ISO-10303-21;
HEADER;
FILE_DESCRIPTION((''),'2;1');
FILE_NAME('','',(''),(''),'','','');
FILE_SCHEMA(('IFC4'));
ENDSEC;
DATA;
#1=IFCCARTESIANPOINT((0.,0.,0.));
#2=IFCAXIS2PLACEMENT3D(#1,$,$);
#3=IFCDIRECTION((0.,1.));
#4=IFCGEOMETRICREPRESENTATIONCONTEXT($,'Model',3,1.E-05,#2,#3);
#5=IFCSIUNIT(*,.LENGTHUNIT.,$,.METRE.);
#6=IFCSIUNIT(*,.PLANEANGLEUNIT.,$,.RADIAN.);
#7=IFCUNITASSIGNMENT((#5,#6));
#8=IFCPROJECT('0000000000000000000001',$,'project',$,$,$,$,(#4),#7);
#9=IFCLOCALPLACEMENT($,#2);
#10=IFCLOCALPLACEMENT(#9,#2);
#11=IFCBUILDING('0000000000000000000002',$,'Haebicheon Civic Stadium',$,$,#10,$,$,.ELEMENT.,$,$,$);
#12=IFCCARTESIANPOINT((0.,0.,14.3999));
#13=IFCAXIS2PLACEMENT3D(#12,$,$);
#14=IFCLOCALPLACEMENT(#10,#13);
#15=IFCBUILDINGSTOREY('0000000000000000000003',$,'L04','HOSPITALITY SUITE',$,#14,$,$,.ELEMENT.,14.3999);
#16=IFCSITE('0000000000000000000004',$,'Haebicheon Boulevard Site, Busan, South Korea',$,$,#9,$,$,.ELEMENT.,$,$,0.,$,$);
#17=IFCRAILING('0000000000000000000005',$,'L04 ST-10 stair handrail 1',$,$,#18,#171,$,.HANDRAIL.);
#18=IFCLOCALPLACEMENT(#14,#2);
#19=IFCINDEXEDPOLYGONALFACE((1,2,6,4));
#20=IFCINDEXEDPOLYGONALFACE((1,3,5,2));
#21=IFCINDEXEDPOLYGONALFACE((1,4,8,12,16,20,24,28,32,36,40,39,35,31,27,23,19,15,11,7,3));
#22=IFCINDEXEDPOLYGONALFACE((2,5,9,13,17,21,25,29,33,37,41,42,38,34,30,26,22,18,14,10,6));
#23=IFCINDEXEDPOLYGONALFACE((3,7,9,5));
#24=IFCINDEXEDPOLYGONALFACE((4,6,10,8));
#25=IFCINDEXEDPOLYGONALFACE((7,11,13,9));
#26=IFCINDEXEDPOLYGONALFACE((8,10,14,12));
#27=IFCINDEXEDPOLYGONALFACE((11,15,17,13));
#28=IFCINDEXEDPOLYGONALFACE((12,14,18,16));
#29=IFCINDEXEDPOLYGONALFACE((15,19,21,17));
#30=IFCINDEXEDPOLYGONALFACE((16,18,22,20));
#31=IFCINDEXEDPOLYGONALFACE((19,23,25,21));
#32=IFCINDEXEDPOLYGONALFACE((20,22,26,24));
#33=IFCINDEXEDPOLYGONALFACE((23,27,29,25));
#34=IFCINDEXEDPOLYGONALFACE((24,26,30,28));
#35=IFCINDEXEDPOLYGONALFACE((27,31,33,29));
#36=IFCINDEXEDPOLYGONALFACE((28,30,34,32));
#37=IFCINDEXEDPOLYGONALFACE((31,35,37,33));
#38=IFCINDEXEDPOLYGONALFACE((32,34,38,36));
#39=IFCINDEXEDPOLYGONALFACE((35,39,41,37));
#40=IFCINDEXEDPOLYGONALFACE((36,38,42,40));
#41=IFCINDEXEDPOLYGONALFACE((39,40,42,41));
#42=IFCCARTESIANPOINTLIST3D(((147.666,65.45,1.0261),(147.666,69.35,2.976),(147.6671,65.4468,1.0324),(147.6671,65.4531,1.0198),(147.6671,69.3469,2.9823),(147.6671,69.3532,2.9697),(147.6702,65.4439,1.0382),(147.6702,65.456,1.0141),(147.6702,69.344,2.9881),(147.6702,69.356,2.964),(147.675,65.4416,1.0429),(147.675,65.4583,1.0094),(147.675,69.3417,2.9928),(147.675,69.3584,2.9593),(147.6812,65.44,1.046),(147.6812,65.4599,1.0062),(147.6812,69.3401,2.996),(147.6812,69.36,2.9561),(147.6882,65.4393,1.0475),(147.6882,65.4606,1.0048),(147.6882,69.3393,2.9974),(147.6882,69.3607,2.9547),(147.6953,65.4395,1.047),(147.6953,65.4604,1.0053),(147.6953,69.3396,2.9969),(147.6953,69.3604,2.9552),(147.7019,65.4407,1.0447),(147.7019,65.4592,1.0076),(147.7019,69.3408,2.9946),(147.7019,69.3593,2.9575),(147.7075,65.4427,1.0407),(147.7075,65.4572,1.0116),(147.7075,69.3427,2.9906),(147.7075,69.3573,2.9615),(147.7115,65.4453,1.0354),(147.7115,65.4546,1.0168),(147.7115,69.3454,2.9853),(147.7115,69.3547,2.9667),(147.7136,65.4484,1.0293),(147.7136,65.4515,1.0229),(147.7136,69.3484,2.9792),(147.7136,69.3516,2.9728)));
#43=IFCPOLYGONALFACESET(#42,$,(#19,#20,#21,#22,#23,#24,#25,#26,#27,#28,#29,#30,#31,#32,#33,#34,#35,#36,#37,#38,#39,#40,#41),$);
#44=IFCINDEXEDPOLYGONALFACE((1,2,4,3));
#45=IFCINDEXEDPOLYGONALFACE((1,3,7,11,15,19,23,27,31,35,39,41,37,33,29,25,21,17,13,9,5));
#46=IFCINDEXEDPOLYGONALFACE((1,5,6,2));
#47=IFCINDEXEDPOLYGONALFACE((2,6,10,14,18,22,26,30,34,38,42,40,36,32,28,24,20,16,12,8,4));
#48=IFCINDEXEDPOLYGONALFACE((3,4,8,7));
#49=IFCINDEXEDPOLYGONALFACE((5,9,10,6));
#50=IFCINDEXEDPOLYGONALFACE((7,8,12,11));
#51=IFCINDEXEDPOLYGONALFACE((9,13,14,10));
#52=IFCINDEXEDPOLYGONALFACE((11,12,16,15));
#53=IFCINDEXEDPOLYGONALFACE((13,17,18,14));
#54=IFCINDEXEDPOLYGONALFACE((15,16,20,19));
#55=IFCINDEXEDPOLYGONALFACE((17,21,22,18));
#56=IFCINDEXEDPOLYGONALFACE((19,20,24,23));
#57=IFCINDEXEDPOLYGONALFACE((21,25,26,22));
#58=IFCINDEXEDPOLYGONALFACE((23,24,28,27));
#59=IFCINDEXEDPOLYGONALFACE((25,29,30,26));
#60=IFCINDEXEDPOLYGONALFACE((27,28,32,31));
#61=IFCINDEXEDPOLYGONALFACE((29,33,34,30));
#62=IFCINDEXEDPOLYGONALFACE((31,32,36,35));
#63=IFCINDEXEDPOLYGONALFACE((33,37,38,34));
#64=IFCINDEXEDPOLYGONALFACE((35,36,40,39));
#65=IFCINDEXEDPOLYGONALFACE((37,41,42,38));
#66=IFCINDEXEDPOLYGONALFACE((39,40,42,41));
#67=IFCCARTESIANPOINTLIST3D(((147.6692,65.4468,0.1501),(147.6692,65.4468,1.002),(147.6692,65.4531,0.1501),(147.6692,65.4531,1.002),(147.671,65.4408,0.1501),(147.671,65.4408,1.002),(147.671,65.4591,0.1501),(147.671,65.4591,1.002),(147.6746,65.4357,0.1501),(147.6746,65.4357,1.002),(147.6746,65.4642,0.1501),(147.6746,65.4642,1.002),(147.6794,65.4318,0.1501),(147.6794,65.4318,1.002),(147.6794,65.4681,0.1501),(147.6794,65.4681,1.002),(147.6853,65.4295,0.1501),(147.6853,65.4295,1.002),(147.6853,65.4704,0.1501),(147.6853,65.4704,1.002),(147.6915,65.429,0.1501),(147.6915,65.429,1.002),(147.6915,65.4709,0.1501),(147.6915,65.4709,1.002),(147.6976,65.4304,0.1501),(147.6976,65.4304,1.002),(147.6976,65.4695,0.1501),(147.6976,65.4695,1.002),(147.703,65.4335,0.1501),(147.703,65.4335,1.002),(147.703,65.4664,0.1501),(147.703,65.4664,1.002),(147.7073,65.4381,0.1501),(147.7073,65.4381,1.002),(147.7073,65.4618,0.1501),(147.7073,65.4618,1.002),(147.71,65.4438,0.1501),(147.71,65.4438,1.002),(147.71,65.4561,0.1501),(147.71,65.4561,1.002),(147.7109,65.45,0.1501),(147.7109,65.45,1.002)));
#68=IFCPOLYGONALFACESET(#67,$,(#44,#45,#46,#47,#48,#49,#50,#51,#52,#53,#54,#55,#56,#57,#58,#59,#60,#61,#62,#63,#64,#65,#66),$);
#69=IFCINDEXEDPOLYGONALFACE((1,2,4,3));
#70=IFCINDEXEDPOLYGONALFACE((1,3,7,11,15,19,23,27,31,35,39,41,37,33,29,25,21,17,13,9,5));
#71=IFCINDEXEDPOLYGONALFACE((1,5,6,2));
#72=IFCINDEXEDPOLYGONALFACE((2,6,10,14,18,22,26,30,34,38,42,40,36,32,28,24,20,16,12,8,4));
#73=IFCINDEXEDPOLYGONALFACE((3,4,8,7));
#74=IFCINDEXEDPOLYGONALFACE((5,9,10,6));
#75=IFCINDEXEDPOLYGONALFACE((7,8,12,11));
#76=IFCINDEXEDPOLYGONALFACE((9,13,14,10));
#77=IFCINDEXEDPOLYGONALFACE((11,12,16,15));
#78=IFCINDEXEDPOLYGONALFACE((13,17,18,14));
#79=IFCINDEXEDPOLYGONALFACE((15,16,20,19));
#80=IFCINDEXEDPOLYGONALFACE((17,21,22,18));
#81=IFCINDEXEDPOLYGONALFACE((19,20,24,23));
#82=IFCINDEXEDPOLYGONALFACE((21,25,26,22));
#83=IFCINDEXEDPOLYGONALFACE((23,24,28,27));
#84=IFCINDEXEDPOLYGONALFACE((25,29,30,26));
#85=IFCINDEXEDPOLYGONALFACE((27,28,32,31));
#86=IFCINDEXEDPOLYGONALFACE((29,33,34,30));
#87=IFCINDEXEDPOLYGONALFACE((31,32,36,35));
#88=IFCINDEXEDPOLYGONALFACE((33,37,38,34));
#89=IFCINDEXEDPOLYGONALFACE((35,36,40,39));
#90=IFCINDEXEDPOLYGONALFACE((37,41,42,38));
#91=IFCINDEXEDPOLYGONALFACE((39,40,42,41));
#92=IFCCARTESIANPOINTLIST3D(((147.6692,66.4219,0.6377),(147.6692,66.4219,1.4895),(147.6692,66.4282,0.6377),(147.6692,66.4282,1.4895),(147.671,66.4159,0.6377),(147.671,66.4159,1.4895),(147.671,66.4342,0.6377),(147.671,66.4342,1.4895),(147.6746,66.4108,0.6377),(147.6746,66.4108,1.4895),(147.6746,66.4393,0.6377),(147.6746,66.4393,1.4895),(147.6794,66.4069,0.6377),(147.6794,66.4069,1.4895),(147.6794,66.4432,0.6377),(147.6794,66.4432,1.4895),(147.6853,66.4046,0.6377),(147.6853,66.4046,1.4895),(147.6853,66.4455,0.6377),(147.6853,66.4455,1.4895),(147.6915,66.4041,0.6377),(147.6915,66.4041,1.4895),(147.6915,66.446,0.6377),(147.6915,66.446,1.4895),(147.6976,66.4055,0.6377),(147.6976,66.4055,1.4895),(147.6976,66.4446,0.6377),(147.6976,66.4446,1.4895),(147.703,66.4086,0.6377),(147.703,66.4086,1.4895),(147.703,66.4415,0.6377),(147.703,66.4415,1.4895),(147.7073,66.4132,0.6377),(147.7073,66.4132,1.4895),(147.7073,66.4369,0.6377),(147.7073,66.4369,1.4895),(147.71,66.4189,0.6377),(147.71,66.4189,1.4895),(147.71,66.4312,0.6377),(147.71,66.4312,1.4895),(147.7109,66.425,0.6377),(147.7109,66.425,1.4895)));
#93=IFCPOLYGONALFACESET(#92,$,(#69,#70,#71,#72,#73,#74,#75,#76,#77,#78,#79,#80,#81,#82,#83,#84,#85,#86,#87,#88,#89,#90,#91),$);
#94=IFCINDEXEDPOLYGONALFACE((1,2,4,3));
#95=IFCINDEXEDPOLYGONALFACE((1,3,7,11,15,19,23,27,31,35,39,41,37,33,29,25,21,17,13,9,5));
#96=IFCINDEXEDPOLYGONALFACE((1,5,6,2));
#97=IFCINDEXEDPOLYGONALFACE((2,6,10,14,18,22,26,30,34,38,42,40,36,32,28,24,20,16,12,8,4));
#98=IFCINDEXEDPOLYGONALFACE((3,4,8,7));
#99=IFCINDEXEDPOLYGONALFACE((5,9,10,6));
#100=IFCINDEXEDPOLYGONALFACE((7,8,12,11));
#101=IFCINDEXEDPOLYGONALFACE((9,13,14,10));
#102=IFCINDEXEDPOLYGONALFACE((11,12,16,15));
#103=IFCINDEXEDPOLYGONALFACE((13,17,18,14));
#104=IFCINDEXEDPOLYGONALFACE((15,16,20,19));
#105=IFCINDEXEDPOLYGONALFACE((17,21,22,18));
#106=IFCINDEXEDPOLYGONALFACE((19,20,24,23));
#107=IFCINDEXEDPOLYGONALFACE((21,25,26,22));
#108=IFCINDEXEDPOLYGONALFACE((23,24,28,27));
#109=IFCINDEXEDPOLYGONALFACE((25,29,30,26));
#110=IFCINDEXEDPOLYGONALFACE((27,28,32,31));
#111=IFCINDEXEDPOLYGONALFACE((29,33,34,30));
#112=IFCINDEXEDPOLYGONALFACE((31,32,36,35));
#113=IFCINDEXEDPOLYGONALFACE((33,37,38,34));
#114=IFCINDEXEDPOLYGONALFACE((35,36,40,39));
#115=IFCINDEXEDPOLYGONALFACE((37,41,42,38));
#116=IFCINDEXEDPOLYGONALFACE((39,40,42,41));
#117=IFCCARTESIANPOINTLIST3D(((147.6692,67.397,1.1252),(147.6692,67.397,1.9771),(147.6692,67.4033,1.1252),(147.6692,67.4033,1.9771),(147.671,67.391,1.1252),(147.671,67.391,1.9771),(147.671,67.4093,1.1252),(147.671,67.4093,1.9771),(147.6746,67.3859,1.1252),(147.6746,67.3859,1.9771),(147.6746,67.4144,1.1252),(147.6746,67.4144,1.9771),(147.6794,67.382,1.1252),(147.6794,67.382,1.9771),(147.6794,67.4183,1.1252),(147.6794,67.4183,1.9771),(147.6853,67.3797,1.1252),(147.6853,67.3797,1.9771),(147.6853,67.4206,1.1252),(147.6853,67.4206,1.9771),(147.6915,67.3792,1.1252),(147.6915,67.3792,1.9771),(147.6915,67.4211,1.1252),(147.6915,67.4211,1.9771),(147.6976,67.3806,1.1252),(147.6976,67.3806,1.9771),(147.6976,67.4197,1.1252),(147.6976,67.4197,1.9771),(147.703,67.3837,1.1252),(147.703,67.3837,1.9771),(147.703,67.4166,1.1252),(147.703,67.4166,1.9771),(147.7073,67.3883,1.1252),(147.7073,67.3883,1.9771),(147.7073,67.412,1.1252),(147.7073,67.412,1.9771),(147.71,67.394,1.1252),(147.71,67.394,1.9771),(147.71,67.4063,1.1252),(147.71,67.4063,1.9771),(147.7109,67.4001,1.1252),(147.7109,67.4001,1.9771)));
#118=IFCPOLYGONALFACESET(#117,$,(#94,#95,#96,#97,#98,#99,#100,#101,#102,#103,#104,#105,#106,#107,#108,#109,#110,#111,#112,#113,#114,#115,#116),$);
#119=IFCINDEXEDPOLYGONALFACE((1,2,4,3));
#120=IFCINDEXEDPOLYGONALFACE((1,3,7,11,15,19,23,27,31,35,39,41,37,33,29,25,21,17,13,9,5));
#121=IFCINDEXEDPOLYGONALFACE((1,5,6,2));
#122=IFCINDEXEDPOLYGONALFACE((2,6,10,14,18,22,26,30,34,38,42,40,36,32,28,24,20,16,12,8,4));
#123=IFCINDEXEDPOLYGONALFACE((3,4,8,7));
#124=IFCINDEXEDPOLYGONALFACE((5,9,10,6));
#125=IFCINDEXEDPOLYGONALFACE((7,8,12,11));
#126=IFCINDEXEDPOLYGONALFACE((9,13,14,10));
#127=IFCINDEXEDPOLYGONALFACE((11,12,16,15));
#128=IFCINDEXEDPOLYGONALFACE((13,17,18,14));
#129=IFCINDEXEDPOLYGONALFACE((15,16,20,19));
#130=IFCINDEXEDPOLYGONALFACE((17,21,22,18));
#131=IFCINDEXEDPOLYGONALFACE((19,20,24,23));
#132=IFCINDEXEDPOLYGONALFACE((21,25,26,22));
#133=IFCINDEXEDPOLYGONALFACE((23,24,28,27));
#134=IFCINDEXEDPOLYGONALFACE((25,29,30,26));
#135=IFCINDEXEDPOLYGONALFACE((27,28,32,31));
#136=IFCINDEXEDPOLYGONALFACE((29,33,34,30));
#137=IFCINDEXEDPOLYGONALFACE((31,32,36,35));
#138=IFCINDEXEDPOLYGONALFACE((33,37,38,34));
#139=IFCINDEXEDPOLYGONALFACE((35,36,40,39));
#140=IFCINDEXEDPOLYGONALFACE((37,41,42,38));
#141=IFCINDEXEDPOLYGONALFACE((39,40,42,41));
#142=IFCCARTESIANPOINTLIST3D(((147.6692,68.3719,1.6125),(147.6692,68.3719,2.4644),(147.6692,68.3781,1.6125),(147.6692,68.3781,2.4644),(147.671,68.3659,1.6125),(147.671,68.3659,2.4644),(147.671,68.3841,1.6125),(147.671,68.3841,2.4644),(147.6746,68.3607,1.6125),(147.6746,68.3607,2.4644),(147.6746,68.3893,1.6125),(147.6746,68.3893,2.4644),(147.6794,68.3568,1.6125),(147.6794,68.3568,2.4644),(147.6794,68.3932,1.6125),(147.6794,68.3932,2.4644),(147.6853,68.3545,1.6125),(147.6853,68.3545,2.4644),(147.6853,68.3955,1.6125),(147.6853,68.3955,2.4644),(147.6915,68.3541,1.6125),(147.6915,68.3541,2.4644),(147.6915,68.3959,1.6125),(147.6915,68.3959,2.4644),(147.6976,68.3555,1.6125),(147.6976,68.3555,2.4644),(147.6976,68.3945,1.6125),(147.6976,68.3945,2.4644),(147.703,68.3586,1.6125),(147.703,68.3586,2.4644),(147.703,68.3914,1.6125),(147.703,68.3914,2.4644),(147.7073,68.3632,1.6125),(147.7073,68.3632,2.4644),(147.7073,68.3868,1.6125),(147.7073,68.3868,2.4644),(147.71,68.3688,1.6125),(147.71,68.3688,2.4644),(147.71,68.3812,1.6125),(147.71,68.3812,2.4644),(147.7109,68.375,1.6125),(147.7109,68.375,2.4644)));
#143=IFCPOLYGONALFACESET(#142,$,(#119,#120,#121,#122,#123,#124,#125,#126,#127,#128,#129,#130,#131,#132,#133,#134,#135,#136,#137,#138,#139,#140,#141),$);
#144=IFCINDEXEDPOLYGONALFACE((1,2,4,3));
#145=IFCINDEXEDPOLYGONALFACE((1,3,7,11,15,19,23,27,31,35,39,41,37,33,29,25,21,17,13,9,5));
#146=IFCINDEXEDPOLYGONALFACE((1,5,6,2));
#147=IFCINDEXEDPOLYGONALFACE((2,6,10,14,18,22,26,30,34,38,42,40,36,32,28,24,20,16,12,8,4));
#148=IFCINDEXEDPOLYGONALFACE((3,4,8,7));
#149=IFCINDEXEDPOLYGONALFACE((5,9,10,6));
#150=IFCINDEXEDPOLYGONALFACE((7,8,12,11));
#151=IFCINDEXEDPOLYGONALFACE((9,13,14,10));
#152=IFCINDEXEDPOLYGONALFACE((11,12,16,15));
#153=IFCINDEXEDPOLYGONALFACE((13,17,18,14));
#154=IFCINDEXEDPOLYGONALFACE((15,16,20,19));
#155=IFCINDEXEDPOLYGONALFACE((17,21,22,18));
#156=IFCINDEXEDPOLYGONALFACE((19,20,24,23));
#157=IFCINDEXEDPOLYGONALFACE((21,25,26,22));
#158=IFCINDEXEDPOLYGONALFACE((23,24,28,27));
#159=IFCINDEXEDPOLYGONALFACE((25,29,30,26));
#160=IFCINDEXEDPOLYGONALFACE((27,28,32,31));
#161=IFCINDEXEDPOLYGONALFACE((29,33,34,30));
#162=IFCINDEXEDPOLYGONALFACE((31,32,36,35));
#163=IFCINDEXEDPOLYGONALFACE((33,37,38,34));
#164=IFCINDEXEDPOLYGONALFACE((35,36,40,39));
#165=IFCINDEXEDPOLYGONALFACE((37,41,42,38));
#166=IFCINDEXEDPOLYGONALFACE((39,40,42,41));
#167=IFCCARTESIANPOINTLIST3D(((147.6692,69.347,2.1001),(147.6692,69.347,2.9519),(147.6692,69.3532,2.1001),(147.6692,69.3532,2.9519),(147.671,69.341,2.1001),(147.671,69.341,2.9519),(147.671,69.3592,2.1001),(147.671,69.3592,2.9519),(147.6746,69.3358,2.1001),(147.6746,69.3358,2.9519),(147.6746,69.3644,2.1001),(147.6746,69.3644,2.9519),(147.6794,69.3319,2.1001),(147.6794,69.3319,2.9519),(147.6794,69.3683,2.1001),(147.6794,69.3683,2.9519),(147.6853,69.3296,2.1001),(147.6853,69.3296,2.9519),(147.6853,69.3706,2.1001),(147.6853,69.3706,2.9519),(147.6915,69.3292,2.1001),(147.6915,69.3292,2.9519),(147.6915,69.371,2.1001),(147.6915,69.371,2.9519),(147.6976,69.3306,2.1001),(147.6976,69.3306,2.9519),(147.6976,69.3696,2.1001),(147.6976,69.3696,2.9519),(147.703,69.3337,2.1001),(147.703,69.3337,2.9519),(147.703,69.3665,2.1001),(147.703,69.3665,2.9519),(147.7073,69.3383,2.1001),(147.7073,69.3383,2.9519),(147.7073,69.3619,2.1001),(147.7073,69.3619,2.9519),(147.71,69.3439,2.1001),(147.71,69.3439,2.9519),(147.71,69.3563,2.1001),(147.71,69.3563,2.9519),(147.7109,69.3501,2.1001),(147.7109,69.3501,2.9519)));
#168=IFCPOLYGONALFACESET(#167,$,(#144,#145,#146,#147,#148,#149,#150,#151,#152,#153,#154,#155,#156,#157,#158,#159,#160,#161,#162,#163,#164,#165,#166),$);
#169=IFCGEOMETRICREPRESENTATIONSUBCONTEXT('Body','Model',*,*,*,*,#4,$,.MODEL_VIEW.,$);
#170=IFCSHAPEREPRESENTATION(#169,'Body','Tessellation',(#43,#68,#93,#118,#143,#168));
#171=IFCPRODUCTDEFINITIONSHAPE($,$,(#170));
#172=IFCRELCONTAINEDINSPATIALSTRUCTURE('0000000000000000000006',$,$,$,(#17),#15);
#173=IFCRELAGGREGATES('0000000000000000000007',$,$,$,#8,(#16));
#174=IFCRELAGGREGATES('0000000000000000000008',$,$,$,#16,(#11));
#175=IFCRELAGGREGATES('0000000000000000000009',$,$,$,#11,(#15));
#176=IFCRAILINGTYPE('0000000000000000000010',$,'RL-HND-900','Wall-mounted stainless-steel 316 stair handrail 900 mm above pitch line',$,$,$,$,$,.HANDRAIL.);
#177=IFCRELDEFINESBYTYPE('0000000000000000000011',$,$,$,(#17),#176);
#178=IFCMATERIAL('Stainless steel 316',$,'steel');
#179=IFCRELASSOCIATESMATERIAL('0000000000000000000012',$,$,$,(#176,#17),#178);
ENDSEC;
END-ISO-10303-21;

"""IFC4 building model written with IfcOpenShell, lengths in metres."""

from ifc_helpers import new_model, si_unit, direction, frame, origin, origin_2d, place, context, subcontext, project, spatial, circle, extrude, material, type_object, element, save


model = new_model("IFC4")

# Units and contexts
model_context = context("Model", 3, precision=1e-05, world=origin(), true_north=direction((0.0, 1.0)))
body_context = subcontext(model_context, "Body", "Model", "MODEL_VIEW")
ifc_project = project(units=[si_unit("LENGTHUNIT", "METRE"), si_unit("PLANEANGLEUNIT", "RADIAN")], contexts=[model_context])

# Site, building, storey
site_placement = place(None, origin())
site = spatial("IfcSite", under=ifc_project, at=site_placement, Name="Haebicheon Boulevard Site, Busan, South Korea", CompositionType="ELEMENT", RefElevation=0.0)
building_placement = place(site_placement, origin())
building = spatial("IfcBuilding", under=site, at=building_placement, Name="Haebicheon Civic Stadium", CompositionType="ELEMENT")
storey_placement = place(building_placement, frame((0.0, 0.0, 14.3999)))
storey = spatial("IfcBuildingStorey", under=building, at=storey_placement, Name="L04", Description="HOSPITALITY SUITE", CompositionType="ELEMENT", Elevation=14.3999)

# Railing
ifc_material_1 = material(Name="Stainless steel 316", Category="steel")
railing_type_1 = type_object("IfcRailingType", Name="RL-HND-900", Description="Wall-mounted stainless-steel 316 stair handrail 900 mm above pitch line", PredefinedType="HANDRAIL", material=ifc_material_1)
railing_1_placement = place(storey_placement, frame((147.6899, 65.45, 0.1501)))
element("IfcRailing", 1, at=railing_1_placement, inside=storey, type_object=railing_type_1, material=ifc_material_1, Name="L04 ST-10 stair handrail 1", PredefinedType="HANDRAIL", context=body_context, shape_type="SweptSolid", body=[
    extrude(circle(Radius=0.0239, at=origin_2d()), frame((0.0, 0.0, 0.876), z_axis=(0.0, 0.894438, 0.447191), x_axis=(-1.0, 0.0, 0.0)), (0.0, 0.0, 1.0), 4.3604),
    extrude(circle(Radius=0.021, at=origin_2d()), origin(), (0.0, 0.0, 1.0), 0.8518),
    extrude(circle(Radius=0.021, at=origin_2d()), frame((0.0, 0.9751, 0.4875)), (0.0, 0.0, 1.0), 0.8518),
    extrude(circle(Radius=0.021, at=origin_2d()), frame((0.0, 1.9502, 0.9751)), (0.0, 0.0, 1.0), 0.8518),
    extrude(circle(Radius=0.021, at=origin_2d()), frame((0.0, 2.925, 1.4624)), (0.0, 0.0, 1.0), 0.8518),
    extrude(circle(Radius=0.021, at=origin_2d()), frame((0.0, 3.9001, 1.95)), (0.0, 0.0, 1.0), 0.8518),
])

save(model, "model.ifc")
